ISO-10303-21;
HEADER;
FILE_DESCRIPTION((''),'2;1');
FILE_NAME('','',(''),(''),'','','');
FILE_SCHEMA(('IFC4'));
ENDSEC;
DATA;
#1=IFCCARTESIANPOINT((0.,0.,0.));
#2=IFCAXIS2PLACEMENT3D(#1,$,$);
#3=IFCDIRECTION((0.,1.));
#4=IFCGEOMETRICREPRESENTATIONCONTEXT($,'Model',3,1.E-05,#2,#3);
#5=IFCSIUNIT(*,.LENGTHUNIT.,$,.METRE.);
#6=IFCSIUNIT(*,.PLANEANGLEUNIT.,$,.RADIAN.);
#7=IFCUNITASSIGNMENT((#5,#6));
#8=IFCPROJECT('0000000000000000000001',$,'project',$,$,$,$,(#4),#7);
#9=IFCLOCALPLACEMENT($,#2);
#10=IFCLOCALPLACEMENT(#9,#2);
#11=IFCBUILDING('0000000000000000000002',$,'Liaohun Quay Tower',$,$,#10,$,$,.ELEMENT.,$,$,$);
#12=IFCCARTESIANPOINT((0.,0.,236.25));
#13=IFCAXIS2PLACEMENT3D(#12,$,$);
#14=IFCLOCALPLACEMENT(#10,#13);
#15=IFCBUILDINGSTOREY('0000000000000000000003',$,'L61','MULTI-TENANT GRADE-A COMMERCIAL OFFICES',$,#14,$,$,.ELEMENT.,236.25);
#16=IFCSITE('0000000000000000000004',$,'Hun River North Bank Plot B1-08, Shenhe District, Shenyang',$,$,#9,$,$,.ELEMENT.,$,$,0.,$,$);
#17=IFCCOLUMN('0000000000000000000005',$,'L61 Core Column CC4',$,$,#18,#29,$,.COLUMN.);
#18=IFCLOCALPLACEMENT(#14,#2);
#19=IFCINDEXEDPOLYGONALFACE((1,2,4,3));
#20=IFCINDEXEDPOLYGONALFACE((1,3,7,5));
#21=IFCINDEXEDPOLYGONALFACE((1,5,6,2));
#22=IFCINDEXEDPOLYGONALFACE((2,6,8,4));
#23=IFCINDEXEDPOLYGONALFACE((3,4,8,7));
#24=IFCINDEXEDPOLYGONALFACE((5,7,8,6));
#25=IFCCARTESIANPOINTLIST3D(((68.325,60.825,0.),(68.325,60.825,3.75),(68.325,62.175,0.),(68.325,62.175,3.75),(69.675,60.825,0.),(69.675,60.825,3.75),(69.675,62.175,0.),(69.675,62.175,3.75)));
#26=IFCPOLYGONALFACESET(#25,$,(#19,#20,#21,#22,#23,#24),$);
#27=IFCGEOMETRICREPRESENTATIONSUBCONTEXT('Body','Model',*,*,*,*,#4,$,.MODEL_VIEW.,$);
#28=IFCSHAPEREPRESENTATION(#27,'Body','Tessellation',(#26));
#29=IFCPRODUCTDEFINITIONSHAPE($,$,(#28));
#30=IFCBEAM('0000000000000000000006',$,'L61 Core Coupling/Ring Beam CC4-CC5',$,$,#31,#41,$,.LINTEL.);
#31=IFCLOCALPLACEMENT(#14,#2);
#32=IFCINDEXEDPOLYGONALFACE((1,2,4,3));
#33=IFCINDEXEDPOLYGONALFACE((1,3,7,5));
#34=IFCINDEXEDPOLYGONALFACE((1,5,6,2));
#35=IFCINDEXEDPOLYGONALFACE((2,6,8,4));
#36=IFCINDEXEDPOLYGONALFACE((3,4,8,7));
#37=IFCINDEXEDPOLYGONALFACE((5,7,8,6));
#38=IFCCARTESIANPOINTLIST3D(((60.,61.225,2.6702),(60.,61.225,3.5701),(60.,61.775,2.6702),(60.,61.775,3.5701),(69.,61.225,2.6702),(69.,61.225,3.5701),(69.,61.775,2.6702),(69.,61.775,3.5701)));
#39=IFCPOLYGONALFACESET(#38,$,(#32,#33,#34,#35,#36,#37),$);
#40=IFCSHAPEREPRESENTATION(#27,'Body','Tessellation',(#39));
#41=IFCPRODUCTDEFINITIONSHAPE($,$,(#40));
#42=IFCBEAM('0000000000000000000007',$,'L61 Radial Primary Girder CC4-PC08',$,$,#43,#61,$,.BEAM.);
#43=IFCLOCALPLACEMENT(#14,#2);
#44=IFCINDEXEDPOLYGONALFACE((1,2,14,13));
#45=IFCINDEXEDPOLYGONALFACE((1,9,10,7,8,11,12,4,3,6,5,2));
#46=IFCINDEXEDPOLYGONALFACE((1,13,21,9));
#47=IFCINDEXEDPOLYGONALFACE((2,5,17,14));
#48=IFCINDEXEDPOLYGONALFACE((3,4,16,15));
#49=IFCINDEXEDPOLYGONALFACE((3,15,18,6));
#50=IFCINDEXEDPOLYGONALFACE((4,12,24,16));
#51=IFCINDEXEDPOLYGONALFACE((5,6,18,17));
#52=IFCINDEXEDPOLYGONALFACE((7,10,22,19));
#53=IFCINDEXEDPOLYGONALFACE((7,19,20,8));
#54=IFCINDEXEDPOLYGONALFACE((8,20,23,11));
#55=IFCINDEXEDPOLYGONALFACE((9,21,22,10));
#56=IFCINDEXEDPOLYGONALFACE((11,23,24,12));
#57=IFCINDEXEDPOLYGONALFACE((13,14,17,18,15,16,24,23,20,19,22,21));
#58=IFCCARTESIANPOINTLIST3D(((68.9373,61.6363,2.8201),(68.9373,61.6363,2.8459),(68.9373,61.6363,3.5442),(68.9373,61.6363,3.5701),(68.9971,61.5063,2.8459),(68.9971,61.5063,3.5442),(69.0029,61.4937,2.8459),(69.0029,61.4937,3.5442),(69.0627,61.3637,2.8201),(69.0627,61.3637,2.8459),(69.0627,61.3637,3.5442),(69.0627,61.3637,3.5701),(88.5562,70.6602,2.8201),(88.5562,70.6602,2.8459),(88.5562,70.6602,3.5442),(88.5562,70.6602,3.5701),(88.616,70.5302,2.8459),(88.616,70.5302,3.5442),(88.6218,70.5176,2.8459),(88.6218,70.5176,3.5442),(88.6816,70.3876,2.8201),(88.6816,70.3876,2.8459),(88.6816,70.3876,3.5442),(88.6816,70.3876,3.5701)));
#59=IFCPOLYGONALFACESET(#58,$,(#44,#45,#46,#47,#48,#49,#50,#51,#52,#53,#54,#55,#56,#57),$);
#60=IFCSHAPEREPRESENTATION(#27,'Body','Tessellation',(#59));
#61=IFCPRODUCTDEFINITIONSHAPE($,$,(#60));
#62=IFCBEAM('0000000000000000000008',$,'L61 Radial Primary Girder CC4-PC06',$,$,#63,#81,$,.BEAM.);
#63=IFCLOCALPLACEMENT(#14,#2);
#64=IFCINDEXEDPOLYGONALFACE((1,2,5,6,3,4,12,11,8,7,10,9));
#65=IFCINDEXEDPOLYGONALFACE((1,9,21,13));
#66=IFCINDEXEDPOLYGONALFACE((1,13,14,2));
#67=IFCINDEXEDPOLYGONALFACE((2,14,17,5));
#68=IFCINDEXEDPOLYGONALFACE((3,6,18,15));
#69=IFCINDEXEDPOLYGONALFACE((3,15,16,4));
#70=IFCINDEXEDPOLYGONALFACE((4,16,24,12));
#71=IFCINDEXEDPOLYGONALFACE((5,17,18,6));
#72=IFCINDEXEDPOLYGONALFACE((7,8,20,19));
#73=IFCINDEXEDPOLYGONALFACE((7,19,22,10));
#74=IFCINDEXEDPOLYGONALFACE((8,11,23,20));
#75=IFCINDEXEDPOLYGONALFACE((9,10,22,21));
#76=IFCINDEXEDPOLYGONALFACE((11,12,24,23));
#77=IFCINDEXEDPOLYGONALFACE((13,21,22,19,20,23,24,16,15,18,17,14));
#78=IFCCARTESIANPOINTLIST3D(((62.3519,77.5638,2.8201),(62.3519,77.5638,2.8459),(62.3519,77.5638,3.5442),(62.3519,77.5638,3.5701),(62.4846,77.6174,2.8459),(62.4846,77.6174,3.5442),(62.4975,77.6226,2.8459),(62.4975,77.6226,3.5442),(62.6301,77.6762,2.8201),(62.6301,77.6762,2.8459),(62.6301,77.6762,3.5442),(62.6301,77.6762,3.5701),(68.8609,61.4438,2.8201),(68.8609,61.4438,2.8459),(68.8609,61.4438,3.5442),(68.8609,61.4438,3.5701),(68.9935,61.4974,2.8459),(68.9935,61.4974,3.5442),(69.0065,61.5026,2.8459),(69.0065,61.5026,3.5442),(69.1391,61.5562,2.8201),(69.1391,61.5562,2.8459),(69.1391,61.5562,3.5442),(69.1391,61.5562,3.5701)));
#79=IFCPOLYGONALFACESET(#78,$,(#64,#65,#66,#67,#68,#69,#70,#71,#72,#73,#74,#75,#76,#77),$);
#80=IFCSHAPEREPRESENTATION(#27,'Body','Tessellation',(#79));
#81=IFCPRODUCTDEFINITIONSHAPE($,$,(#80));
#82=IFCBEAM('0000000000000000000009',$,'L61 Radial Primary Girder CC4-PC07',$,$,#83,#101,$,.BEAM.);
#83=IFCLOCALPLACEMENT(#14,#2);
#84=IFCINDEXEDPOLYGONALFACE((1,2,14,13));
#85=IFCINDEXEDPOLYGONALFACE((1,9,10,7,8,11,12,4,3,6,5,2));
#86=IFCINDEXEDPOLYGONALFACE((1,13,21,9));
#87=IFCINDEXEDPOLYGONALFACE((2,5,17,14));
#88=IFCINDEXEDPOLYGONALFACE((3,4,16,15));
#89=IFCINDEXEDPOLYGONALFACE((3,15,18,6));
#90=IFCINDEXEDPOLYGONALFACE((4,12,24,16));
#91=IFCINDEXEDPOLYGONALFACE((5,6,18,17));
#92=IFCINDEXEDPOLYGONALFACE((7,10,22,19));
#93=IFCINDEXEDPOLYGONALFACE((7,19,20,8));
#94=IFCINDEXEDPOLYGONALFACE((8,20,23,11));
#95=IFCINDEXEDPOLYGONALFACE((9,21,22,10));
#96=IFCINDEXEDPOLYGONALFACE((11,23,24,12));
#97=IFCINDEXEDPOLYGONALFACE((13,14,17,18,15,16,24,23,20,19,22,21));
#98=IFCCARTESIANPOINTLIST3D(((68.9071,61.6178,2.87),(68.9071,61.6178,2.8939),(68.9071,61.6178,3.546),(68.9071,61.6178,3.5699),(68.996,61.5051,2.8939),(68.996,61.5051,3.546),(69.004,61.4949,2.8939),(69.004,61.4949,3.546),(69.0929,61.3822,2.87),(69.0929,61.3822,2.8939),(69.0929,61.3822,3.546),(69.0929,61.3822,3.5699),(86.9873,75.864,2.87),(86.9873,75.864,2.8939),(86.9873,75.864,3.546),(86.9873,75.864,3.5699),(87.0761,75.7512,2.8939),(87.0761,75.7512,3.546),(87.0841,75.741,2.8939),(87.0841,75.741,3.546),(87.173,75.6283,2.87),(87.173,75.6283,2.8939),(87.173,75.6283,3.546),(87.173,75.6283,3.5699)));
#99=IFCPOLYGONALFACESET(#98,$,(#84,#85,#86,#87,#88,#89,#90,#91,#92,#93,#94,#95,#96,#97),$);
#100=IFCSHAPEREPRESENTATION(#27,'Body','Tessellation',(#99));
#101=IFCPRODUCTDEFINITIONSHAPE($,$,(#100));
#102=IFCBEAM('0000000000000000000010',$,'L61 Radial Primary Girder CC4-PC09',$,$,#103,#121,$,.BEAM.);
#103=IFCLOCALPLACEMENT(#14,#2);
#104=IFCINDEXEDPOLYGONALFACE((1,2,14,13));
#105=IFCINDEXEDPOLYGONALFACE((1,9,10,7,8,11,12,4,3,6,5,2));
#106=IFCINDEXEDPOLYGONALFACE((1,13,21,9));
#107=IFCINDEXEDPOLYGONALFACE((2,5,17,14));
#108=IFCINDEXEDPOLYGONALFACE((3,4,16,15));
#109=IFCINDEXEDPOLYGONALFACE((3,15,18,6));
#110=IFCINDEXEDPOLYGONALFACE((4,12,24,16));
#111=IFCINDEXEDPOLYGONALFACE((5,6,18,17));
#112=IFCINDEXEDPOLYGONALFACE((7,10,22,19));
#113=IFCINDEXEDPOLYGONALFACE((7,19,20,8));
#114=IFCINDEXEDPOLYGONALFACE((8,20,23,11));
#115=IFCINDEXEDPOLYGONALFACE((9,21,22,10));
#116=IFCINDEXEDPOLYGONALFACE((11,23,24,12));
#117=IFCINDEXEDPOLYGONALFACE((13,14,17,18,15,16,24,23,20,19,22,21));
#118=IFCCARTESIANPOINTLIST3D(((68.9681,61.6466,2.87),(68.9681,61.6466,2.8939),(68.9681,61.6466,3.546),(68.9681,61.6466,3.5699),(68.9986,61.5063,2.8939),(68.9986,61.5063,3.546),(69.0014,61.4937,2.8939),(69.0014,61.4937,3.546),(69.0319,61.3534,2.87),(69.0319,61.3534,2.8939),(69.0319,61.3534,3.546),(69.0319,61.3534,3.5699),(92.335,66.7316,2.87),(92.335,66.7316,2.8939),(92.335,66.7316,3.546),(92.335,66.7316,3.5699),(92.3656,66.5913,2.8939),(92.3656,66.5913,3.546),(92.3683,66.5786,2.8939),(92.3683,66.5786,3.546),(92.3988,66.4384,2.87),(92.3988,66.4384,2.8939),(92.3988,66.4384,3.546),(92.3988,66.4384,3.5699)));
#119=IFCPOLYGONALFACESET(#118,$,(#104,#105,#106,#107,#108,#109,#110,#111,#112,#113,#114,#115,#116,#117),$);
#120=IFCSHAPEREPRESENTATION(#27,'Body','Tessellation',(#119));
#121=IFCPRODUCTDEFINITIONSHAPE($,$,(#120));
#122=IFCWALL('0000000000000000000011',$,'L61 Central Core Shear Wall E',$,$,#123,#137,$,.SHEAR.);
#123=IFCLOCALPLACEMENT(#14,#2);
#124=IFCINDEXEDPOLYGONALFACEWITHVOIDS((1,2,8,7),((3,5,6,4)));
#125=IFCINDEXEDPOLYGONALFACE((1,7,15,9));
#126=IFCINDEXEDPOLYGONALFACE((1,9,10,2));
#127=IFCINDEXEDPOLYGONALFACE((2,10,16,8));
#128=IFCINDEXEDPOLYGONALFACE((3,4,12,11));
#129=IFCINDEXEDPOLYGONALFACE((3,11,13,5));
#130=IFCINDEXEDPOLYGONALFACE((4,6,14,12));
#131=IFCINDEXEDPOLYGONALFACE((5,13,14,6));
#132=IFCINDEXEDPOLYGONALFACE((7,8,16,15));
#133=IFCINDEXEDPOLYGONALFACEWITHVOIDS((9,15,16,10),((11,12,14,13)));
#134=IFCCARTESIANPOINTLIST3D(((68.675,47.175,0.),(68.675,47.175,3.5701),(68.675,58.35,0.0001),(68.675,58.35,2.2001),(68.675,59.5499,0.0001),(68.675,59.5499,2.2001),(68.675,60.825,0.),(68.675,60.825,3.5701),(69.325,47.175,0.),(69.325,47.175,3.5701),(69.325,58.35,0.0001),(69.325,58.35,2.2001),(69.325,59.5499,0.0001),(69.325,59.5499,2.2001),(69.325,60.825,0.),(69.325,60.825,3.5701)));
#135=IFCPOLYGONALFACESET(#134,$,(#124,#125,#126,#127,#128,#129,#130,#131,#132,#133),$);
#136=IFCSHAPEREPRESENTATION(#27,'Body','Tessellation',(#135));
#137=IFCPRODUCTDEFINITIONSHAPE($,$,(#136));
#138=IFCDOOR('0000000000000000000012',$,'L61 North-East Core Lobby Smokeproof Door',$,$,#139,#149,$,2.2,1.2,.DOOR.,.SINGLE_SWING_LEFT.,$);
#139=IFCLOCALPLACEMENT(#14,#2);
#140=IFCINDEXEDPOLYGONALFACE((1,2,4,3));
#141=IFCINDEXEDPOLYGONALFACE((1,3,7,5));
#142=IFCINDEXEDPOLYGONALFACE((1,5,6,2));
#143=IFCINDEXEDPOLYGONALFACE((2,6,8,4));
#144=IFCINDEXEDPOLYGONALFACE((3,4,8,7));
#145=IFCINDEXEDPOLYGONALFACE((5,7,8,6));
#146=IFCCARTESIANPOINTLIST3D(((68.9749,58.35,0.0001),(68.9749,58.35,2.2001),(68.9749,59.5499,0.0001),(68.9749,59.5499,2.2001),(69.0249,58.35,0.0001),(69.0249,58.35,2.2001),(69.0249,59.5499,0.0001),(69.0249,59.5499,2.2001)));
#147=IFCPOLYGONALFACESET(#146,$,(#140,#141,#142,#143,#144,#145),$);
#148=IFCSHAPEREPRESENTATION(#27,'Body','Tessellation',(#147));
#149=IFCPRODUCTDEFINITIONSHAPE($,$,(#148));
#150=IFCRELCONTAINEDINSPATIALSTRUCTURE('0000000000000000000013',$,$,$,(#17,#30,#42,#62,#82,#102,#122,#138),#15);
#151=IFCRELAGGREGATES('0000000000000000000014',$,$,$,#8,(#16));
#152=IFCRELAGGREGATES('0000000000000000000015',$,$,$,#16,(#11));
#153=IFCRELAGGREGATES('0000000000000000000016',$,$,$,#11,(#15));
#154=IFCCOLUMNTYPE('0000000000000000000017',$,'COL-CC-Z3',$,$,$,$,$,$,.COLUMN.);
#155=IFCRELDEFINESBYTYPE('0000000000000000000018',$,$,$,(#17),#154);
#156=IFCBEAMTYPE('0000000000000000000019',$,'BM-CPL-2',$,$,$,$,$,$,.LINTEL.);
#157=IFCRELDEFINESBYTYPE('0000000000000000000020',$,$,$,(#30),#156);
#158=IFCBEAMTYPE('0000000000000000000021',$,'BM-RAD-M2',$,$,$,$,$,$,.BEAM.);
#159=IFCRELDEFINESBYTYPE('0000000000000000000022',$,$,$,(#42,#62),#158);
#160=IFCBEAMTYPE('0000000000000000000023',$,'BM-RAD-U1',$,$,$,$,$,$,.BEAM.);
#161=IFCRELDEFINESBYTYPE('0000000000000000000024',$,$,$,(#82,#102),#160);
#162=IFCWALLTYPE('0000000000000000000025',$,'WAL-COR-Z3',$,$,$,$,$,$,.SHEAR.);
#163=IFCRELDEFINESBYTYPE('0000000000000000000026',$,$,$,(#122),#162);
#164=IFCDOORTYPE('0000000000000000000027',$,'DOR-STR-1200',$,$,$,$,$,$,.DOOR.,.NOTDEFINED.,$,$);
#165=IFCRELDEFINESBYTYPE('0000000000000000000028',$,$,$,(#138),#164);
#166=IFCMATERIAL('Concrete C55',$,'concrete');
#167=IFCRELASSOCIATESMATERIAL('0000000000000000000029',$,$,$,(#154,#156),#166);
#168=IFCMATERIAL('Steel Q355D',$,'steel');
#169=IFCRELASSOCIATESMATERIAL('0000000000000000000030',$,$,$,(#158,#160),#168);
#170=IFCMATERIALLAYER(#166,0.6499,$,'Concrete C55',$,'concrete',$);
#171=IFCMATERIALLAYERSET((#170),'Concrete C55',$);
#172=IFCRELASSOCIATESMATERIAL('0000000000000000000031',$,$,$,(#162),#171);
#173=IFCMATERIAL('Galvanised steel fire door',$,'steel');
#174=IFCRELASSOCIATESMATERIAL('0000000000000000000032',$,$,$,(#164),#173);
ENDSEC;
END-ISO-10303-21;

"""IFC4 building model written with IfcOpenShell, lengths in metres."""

from ifc_helpers import new_model, si_unit, direction, frame, frame_2d, origin, origin_2d, place, context, subcontext, project, spatial, rectangle, i_section, extrude, source, transform, mapped, material, layer, layer_set, material_profile, profile_set, type_object, element, fill, save


model = new_model("IFC4")

# Units and contexts
model_context = context("Model", 3, precision=1e-05, world=origin(), true_north=direction((0.0, 1.0)))
body_context = subcontext(model_context, "Body", "Model", "MODEL_VIEW")
ifc_project = project(units=[si_unit("LENGTHUNIT", "METRE"), si_unit("PLANEANGLEUNIT", "RADIAN")], contexts=[model_context])

# Site, building, storey
site_placement = place(None, origin())
site = spatial("IfcSite", under=ifc_project, at=site_placement, Name="Hun River North Bank Plot B1-08, Shenhe District, Shenyang", CompositionType="ELEMENT", RefElevation=0.0)
building_placement = place(site_placement, origin())
building = spatial("IfcBuilding", under=site, at=building_placement, Name="Liaohun Quay Tower", CompositionType="ELEMENT")
storey_placement = place(building_placement, frame((0.0, 0.0, 236.25)))
storey = spatial("IfcBuildingStorey", under=building, at=storey_placement, Name="L61", Description="MULTI-TENANT GRADE-A COMMERCIAL OFFICES", CompositionType="ELEMENT", Elevation=236.25)

# Column
ifc_material_1 = material(Name="Concrete C55", Category="concrete")
ifc_material_profile_1 = material_profile(ifc_material_1, rectangle(XDim=1.3501, YDim=1.3501, at=origin_2d()), Name="RC1350x1350")
ifc_profile_set_1 = profile_set([ifc_material_profile_1], Name="Concrete C55")
column_type = type_object("IfcColumnType", Name="COL-CC-Z3", PredefinedType="COLUMN", material=ifc_profile_set_1)
shared_shape_1 = source(origin(), body_context, "Body", "SweptSolid", [
    extrude(rectangle(XDim=1.3501, YDim=1.3501, at=origin_2d()), origin(), (0.0, 0.0, 1.0), 3.75),
])
column_placement = place(storey_placement, frame((69.0, 61.5, 0.0), z_axis=(0.0, 0.0, 1.0), x_axis=(1.0, 0.0, 0.0)))
element("IfcColumn", 1, at=column_placement, inside=storey, type_object=column_type, Name="L61 Core Column CC4", PredefinedType="COLUMN", context=body_context, shape_type="MappedRepresentation", body=[
    mapped(shared_shape_1, transform((0.0, 0.0, 0.0), x_axis=(1.0, 0.0, 0.0), y_axis=(0.0, 1.0, 0.0), z_axis=(0.0, 0.0, 1.0), scale=1.0)),
])

# Beams
ifc_material_profile_2 = material_profile(ifc_material_1, rectangle(XDim=0.55, YDim=0.8999, at=origin_2d()), Name="RC550x900")
ifc_profile_set_2 = profile_set([ifc_material_profile_2], Name="Concrete C55")
beam_type_1 = type_object("IfcBeamType", Name="BM-CPL-2", PredefinedType="LINTEL", material=ifc_profile_set_2)
shared_shape_2 = source(origin(), body_context, "Body", "SweptSolid", [
    extrude(rectangle(XDim=0.55, YDim=0.8999, at=origin_2d()), origin(), (0.0, 0.0, 1.0), 9.0),
])
beam_1_placement = place(storey_placement, frame((69.0, 61.5, 3.1201), z_axis=(-1.0, 0.0, 0.0), x_axis=(0.0, -1.0, 0.0)))
element("IfcBeam", 2, at=beam_1_placement, inside=storey, type_object=beam_type_1, Name="L61 Core Coupling/Ring Beam CC4-CC5", PredefinedType="LINTEL", context=body_context, shape_type="MappedRepresentation", body=[
    mapped(shared_shape_2, transform((0.0, 0.0, 0.0), x_axis=(1.0, 0.0, 0.0), y_axis=(0.0, 1.0, 0.0), z_axis=(0.0, 0.0, 1.0), scale=1.0)),
])
ifc_material_2 = material(Name="Steel Q355D", Category="steel")
ifc_material_profile_3 = material_profile(ifc_material_2, i_section(OverallWidth=0.3, OverallDepth=0.75, WebThickness=0.0139, FlangeThickness=0.0259, at=origin_2d()), Name="HN750x300x14x26")
ifc_profile_set_3 = profile_set([ifc_material_profile_3], Name="Steel Q355D")
beam_type_2 = type_object("IfcBeamType", Name="BM-RAD-M2", PredefinedType="BEAM", material=ifc_profile_set_3)
shared_shape_3 = source(origin(), body_context, "Body", "SweptSolid", [
    extrude(i_section(OverallWidth=0.3, OverallDepth=0.75, WebThickness=0.0139, FlangeThickness=0.0259, at=origin_2d()), origin(), (0.0, 0.0, 1.0), 21.5947),
])
beam_2_placement = place(storey_placement, frame((69.0, 61.5, 3.1951), z_axis=(0.908504, 0.417876, 0.0), x_axis=(-0.417876, 0.908504, 0.0)))
element("IfcBeam", 3, at=beam_2_placement, inside=storey, type_object=beam_type_2, Name="L61 Radial Primary Girder CC4-PC08", PredefinedType="BEAM", context=body_context, shape_type="MappedRepresentation", body=[
    mapped(shared_shape_3, transform((0.0, 0.0, 0.0), x_axis=(1.0, 0.0, 0.0), y_axis=(0.0, 1.0, 0.0), z_axis=(0.0, 0.0, 1.0), scale=1.0)),
])
shared_shape_4 = source(origin(), body_context, "Body", "SweptSolid", [
    extrude(i_section(OverallWidth=0.3, OverallDepth=0.75, WebThickness=0.0139, FlangeThickness=0.0259, at=origin_2d()), origin(), (0.0, 0.0, 1.0), 17.3845),
])
beam_3_placement = place(storey_placement, frame((69.0, 61.5, 3.1951), z_axis=(-0.374413, 0.927262, 0.0), x_axis=(-0.927262, -0.374413, 0.0)))
element("IfcBeam", 4, at=beam_3_placement, inside=storey, type_object=beam_type_2, Name="L61 Radial Primary Girder CC4-PC06", PredefinedType="BEAM", context=body_context, shape_type="MappedRepresentation", body=[
    mapped(shared_shape_4, transform((0.0, 0.0, 0.0), x_axis=(1.0, 0.0, 0.0), y_axis=(0.0, 1.0, 0.0), z_axis=(0.0, 0.0, 1.0), scale=1.0)),
])
ifc_material_profile_4 = material_profile(ifc_material_2, i_section(OverallWidth=0.3, OverallDepth=0.7, WebThickness=0.0129, FlangeThickness=0.0239, at=origin_2d()), Name="HN700x300x13x24")
ifc_profile_set_4 = profile_set([ifc_material_profile_4], Name="Steel Q355D")
beam_type_3 = type_object("IfcBeamType", Name="BM-RAD-U1", PredefinedType="BEAM", material=ifc_profile_set_4)
shared_shape_5 = source(origin(), body_context, "Body", "SweptSolid", [
    extrude(i_section(OverallWidth=0.3, OverallDepth=0.7, WebThickness=0.0129, FlangeThickness=0.0239, at=origin_2d()), origin(), (0.0, 0.0, 1.0), 23.0183),
])
beam_4_placement = place(storey_placement, frame((69.0, 61.5, 3.22), z_axis=(0.785467, 0.618904, 0.0), x_axis=(-0.618904, 0.785467, 0.0)))
element("IfcBeam", 5, at=beam_4_placement, inside=storey, type_object=beam_type_3, Name="L61 Radial Primary Girder CC4-PC07", PredefinedType="BEAM", context=body_context, shape_type="MappedRepresentation", body=[
    mapped(shared_shape_5, transform((0.0, 0.0, 0.0), x_axis=(1.0, 0.0, 0.0), y_axis=(0.0, 1.0, 0.0), z_axis=(0.0, 0.0, 1.0), scale=1.0)),
])
shared_shape_6 = source(origin(), body_context, "Body", "SweptSolid", [
    extrude(i_section(OverallWidth=0.3, OverallDepth=0.7, WebThickness=0.0129, FlangeThickness=0.0239, at=origin_2d()), origin(), (0.0, 0.0, 1.0), 23.9138),
])
beam_5_placement = place(storey_placement, frame((69.0, 61.5, 3.22), z_axis=(0.977131, 0.212637, 0.0), x_axis=(-0.212637, 0.977131, 0.0)))
element("IfcBeam", 6, at=beam_5_placement, inside=storey, type_object=beam_type_3, Name="L61 Radial Primary Girder CC4-PC09", PredefinedType="BEAM", context=body_context, shape_type="MappedRepresentation", body=[
    mapped(shared_shape_6, transform((0.0, 0.0, 0.0), x_axis=(1.0, 0.0, 0.0), y_axis=(0.0, 1.0, 0.0), z_axis=(0.0, 0.0, 1.0), scale=1.0)),
])

# Wall, opening, door
ifc_layer_1 = layer(ifc_material_1, 0.6499, Name="Concrete C55", Category="concrete")
ifc_layer_set_1 = layer_set([ifc_layer_1], Name="Concrete C55")
wall_type_1 = type_object("IfcWallType", Name="WAL-COR-Z3", PredefinedType="SHEAR", material=ifc_layer_set_1)
wall_1_placement = place(storey_placement, frame((69.0, 60.825, 0.0), z_axis=(0.0, 0.0, 1.0), x_axis=(0.0, -1.0, 0.0)))
wall_1 = element("IfcWall", 7, at=wall_1_placement, inside=storey, type_object=wall_type_1, Name="L61 Central Core Shear Wall E", PredefinedType="SHEAR", context=body_context, shape_type="SweptSolid", body=[
    extrude(rectangle(XDim=13.6499, YDim=0.6499, at=frame_2d((6.825, 0.0))), origin(), (0.0, 0.0, 1.0), 3.5701),
])
shared_shape_7 = source(origin(), body_context, "Body", "SweptSolid", [
    extrude(rectangle(XDim=1.2, YDim=2.2, at=frame_2d((0.6001, 1.1001))), frame((0.0, 0.335, 0.0), z_axis=(0.0, -1.0, 0.0), x_axis=(1.0, 0.0, 0.0)), (0.0, 0.0, 1.0), 0.6699),
])
opening_1_placement = place(wall_1_placement, frame((1.2749, 0.0, 0.0)))
opening_1 = element("IfcOpeningElement", 8, at=opening_1_placement, cuts=wall_1, PredefinedType="OPENING", context=body_context, shape_type="MappedRepresentation", body=[
    mapped(shared_shape_7, transform((0.0, 0.0, 0.0), x_axis=(1.0, 0.0, 0.0), y_axis=(0.0, 1.0, 0.0), z_axis=(0.0, 0.0, 1.0), scale=1.0)),
])
ifc_material_3 = material(Name="Galvanised steel fire door", Category="steel")
door_type_1 = type_object("IfcDoorType", Name="DOR-STR-1200", OperationType="NOTDEFINED", PredefinedType="DOOR", material=ifc_material_3)
shared_shape_8 = source(origin(), body_context, "Body", "SweptSolid", [
    extrude(rectangle(XDim=1.2, YDim=2.2, at=frame_2d((0.6001, 1.1001))), frame((0.0, 0.0249, 0.0), z_axis=(0.0, -1.0, 0.0), x_axis=(1.0, 0.0, 0.0)), (0.0, 0.0, 1.0), 0.05),
])
door_1_placement = place(opening_1_placement, origin())
door_1 = element("IfcDoor", 9, at=door_1_placement, inside=storey, type_object=door_type_1, Name="L61 North-East Core Lobby Smokeproof Door", OperationType="SINGLE_SWING_LEFT", OverallHeight=2.2, OverallWidth=1.2, PredefinedType="DOOR", context=body_context, shape_type="MappedRepresentation", body=[
    mapped(shared_shape_8, transform((0.0, 0.0, 0.0), x_axis=(1.0, 0.0, 0.0), y_axis=(0.0, 1.0, 0.0), z_axis=(0.0, 0.0, 1.0), scale=1.0)),
])
fill(opening_1, door_1)

save(model, "model.ifc")
